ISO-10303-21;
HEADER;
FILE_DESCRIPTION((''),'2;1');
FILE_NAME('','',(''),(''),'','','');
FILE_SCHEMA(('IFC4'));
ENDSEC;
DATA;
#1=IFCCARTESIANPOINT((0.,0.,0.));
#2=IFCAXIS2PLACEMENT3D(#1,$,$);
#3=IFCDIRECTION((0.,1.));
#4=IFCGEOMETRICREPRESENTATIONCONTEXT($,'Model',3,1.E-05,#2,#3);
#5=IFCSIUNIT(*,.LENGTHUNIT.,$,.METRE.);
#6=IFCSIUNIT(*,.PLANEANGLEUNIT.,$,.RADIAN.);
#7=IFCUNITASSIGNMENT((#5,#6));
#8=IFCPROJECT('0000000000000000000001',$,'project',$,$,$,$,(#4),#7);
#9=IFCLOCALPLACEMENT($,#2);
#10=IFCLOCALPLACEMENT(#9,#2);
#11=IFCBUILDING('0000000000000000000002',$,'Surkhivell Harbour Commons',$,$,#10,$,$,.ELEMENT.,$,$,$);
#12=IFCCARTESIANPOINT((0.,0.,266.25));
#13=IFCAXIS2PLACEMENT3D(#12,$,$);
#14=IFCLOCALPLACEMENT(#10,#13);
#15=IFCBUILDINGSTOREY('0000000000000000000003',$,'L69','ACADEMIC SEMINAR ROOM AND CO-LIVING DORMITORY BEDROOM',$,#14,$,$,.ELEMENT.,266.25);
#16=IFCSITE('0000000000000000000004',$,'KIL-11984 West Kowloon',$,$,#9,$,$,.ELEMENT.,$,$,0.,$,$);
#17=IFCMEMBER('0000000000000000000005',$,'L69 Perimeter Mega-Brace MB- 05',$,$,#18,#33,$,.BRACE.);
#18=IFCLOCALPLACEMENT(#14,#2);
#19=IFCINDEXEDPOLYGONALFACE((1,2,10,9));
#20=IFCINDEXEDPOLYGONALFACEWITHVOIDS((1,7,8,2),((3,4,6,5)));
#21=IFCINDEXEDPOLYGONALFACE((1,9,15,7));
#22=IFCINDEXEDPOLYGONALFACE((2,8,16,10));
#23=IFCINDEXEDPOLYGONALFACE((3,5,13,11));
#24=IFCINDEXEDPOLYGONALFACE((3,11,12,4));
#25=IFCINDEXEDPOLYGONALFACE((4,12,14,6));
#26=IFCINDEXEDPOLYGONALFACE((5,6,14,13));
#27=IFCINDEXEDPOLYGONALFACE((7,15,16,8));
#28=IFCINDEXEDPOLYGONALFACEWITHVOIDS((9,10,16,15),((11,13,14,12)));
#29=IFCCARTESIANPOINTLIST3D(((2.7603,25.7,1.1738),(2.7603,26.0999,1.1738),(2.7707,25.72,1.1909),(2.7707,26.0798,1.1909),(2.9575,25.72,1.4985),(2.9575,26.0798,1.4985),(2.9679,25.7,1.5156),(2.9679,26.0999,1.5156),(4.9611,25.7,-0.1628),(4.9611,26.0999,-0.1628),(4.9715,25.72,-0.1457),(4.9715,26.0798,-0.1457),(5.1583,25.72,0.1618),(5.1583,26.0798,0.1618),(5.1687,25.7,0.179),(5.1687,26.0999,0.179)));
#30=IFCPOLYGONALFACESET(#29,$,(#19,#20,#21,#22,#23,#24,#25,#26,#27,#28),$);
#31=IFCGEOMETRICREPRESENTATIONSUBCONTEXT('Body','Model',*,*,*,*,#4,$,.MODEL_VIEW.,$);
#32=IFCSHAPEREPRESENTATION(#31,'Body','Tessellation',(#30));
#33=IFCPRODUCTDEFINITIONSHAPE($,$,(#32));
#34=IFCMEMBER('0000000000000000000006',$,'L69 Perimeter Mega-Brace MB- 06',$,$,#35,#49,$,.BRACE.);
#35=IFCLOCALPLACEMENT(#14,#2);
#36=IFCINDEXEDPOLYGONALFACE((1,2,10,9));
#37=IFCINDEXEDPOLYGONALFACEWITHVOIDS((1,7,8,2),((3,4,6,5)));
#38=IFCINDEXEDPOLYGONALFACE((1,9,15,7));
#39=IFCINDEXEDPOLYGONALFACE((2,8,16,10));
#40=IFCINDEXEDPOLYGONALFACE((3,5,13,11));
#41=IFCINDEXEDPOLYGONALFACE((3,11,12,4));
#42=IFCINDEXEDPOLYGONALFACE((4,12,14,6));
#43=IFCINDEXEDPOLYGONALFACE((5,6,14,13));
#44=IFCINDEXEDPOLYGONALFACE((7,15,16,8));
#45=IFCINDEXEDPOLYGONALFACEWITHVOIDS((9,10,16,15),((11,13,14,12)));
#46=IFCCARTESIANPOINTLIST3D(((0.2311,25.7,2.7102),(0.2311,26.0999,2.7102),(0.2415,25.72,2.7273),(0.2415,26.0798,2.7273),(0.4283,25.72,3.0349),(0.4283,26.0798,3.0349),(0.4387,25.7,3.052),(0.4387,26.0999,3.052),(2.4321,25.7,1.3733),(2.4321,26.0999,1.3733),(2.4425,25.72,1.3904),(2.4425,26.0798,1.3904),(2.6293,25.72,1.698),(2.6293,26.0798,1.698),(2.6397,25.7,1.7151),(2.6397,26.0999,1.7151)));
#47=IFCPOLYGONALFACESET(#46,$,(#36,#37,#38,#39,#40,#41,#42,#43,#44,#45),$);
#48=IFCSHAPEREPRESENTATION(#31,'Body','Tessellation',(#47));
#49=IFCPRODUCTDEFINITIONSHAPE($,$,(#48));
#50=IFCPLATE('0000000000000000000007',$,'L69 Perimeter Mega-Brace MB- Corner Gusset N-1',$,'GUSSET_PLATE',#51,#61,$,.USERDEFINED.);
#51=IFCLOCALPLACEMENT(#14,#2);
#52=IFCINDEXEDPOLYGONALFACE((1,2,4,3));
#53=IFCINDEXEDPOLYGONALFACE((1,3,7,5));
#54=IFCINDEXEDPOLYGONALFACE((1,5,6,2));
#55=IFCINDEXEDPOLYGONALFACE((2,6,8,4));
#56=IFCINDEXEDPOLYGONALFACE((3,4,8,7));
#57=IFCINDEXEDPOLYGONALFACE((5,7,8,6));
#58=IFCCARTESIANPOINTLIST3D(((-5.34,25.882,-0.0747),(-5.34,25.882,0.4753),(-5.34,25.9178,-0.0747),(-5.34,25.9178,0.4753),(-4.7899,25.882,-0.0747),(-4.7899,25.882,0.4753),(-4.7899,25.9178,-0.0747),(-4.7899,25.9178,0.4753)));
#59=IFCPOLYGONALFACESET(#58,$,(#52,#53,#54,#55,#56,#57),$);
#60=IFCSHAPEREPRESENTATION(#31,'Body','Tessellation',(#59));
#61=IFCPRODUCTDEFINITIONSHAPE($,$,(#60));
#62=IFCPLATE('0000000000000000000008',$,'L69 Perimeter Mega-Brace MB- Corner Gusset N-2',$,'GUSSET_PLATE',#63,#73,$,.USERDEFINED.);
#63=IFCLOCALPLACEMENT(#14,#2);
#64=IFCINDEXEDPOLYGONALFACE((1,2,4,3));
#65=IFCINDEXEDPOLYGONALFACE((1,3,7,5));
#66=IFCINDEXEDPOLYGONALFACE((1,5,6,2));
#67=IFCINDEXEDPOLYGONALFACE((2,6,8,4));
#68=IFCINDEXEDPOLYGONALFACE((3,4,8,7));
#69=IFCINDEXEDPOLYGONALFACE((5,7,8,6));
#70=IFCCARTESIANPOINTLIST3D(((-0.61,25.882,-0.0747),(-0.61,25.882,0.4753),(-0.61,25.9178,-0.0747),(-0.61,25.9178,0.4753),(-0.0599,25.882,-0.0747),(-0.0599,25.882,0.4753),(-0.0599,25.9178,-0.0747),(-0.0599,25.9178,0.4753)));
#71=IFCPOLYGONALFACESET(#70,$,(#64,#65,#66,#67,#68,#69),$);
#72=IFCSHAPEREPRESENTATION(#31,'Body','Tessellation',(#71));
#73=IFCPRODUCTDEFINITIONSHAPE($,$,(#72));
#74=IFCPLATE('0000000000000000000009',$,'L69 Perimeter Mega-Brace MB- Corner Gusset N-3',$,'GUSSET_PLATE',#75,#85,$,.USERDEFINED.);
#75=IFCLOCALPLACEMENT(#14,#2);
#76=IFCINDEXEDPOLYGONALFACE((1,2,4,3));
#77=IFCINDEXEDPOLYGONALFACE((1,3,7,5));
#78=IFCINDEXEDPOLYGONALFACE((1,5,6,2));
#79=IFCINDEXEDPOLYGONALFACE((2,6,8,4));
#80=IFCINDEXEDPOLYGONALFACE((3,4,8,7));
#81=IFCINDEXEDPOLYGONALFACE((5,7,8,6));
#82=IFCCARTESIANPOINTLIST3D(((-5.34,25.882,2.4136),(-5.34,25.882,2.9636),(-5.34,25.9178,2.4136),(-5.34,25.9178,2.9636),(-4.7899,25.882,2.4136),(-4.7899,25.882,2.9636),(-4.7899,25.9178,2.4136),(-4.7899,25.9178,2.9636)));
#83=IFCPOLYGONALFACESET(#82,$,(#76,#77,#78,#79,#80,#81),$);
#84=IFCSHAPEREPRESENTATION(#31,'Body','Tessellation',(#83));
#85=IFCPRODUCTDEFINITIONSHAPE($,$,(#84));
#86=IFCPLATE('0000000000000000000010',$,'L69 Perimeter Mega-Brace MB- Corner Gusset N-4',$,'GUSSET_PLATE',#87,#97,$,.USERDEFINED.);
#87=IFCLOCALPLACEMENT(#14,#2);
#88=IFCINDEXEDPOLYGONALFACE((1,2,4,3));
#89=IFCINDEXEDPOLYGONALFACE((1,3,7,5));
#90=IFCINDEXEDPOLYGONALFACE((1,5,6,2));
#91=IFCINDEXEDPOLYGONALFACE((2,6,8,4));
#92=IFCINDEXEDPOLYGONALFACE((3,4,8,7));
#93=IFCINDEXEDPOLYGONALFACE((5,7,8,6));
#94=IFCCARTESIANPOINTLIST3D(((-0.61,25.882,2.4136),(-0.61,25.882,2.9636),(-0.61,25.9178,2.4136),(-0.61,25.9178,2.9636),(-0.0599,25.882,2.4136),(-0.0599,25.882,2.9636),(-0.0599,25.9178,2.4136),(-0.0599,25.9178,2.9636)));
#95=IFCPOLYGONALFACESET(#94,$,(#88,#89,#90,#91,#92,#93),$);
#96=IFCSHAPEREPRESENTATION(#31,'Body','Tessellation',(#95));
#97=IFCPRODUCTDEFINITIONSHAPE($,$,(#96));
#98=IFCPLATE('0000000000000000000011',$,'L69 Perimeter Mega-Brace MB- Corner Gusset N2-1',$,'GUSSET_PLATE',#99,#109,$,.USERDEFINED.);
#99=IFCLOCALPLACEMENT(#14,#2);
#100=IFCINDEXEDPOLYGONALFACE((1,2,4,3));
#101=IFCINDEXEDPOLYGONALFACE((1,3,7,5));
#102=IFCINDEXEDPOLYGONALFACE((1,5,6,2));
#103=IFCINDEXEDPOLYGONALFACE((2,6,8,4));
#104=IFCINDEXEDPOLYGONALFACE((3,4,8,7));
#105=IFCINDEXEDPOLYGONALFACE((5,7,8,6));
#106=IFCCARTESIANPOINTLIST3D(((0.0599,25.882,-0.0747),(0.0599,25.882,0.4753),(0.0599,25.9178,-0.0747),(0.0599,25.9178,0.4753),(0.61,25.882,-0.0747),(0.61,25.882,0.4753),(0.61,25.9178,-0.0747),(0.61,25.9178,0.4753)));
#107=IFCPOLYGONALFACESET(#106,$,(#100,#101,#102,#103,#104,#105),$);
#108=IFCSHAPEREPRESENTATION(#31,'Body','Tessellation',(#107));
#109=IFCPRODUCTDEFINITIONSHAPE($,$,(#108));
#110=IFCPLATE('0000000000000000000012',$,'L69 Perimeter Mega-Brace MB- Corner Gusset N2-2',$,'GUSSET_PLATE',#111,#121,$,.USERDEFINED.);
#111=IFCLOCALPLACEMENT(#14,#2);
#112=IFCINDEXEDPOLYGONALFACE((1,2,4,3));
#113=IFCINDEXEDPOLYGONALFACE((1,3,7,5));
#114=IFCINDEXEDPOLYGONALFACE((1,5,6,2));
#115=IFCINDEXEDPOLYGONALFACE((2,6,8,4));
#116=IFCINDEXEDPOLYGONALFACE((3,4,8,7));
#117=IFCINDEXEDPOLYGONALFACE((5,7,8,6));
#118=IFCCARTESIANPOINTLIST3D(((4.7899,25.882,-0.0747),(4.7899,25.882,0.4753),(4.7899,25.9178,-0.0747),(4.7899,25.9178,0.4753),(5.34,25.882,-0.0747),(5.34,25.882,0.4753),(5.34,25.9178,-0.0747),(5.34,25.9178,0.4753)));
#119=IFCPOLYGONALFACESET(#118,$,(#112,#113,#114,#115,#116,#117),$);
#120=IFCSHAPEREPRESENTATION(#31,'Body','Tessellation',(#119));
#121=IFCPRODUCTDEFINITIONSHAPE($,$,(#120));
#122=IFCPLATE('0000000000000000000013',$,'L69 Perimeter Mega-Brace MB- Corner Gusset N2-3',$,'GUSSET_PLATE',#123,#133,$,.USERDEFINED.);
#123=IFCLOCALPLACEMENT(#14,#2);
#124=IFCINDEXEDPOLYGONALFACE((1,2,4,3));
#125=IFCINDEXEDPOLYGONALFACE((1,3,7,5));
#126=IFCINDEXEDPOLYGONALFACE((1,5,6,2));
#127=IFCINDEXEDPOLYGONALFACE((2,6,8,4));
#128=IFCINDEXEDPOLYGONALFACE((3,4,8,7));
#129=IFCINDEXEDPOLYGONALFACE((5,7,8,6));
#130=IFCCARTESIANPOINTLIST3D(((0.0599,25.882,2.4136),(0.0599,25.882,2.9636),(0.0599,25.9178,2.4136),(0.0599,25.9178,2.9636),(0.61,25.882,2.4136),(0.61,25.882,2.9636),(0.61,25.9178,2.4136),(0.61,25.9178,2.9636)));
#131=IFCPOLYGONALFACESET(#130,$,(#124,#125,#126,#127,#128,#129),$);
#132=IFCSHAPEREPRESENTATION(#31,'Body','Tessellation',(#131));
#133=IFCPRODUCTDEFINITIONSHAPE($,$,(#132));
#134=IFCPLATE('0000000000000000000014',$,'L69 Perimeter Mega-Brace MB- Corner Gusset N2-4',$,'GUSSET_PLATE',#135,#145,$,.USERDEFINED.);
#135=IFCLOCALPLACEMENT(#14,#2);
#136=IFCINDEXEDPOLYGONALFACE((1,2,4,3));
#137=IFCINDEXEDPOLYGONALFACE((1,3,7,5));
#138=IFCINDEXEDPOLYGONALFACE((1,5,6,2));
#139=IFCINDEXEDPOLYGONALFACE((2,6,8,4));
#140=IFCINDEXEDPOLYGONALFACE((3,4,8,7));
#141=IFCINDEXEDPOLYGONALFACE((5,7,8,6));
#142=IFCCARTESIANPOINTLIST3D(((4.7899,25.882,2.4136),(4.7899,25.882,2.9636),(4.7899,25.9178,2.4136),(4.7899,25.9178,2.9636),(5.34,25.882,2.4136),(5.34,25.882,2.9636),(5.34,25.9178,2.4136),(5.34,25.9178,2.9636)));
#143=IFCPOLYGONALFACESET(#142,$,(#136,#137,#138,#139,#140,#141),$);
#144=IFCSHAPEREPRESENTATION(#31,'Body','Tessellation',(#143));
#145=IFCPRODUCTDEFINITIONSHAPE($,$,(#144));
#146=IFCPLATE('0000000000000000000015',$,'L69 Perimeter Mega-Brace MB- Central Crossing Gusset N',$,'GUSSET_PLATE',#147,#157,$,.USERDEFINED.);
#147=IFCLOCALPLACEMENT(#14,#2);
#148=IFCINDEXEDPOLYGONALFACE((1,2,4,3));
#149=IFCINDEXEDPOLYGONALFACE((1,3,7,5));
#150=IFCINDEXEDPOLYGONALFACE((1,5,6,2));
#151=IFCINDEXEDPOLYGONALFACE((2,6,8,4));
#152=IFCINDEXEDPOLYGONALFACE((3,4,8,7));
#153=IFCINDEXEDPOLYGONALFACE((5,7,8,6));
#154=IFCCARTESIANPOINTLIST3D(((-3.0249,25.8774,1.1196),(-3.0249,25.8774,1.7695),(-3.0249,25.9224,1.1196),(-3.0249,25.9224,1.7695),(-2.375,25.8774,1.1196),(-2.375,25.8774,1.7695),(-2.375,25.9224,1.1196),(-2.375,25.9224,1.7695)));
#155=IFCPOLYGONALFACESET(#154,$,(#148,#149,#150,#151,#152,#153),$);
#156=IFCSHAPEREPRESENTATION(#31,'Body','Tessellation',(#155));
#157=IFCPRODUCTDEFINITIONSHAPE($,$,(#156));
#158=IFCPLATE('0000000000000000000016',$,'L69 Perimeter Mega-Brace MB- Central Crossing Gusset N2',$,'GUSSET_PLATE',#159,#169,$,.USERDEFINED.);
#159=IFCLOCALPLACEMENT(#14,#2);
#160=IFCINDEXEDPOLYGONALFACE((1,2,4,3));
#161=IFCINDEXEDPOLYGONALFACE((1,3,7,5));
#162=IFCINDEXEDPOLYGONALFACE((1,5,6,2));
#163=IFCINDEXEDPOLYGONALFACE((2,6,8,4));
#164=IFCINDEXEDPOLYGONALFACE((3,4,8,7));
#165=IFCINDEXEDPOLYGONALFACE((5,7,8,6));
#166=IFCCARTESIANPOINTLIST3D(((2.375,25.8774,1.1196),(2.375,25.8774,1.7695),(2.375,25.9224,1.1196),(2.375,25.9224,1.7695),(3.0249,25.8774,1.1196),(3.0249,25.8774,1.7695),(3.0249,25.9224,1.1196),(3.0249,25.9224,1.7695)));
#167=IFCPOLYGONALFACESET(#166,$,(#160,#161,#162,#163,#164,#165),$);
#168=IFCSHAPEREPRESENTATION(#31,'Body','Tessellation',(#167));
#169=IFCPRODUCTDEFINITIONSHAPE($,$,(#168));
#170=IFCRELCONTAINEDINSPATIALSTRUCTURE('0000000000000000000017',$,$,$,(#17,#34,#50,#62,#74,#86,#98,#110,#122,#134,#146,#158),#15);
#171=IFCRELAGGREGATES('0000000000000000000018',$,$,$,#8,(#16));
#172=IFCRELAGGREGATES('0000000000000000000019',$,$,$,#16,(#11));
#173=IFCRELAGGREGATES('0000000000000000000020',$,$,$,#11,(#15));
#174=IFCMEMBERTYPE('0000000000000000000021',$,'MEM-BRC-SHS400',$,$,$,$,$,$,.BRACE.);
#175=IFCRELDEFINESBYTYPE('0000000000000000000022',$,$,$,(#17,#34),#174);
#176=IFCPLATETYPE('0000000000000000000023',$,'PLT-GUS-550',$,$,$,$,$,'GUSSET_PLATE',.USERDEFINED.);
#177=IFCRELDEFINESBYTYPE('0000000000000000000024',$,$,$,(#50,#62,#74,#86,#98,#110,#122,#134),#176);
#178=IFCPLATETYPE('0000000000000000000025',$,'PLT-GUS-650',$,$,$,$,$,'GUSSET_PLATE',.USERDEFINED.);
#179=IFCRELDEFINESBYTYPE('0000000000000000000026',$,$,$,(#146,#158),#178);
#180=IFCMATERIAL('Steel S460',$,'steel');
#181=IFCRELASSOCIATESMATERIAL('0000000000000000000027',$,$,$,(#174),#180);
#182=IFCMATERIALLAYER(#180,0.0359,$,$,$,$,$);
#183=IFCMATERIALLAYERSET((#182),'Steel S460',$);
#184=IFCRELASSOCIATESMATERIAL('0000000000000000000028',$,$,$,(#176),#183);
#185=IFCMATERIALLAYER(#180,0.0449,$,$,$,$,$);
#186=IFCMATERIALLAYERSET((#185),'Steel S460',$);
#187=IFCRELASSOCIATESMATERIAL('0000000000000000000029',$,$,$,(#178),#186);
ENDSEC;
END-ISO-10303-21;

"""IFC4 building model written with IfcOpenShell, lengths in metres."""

from ifc_helpers import new_model, si_unit, direction, frame, origin, origin_2d, place, context, subcontext, project, spatial, rectangle, hollow_rectangle, extrude, material, layer, layer_set, material_profile, profile_set, type_object, element, save


model = new_model("IFC4")

# Units and contexts
model_context = context("Model", 3, precision=1e-05, world=origin(), true_north=direction((0.0, 1.0)))
body_context = subcontext(model_context, "Body", "Model", "MODEL_VIEW")
ifc_project = project(units=[si_unit("LENGTHUNIT", "METRE"), si_unit("PLANEANGLEUNIT", "RADIAN")], contexts=[model_context])

# Site, building, storey
site_placement = place(None, origin())
site = spatial("IfcSite", under=ifc_project, at=site_placement, Name="KIL-11984 West Kowloon", CompositionType="ELEMENT", RefElevation=0.0)
building_placement = place(site_placement, origin())
building = spatial("IfcBuilding", under=site, at=building_placement, Name="Surkhivell Harbour Commons", CompositionType="ELEMENT")
storey_placement = place(building_placement, frame((0.0, 0.0, 266.25)))
storey = spatial("IfcBuildingStorey", under=building, at=storey_placement, Name="L69", Description="ACADEMIC SEMINAR ROOM AND CO-LIVING DORMITORY BEDROOM", CompositionType="ELEMENT", Elevation=266.25)

# Members
ifc_material_1 = material(Name="Steel S460", Category="steel")
ifc_material_profile_1 = material_profile(ifc_material_1, hollow_rectangle(XDim=0.3999, YDim=0.3999, WallThickness=0.02, at=origin_2d()), Name="SHS400x400x20")
ifc_profile_set_1 = profile_set([ifc_material_profile_1], Name="Steel S460")
member_type_1 = type_object("IfcMemberType", Name="MEM-BRC-SHS400", PredefinedType="BRACE", material=ifc_profile_set_1)
member_1_placement = place(storey_placement, frame((5.0649, 25.8999, 0.0081), z_axis=(-0.85472, 0.0, 0.519089), x_axis=(0.0, -1.0, 0.0)))
element("IfcMember", 1, at=member_1_placement, inside=storey, type_object=member_type_1, Name="L69 Perimeter Mega-Brace MB- 05", PredefinedType="BRACE", context=body_context, shape_type="SweptSolid", body=[
    extrude(hollow_rectangle(XDim=0.3999, YDim=0.3999, WallThickness=0.02, at=origin_2d()), origin(), (0.0, 0.0, 1.0), 2.575),
])
member_2_placement = place(storey_placement, frame((2.5359, 25.8999, 1.5442), z_axis=(-0.854678, 0.0, 0.519159), x_axis=(0.0, -1.0, 0.0)))
element("IfcMember", 2, at=member_2_placement, inside=storey, type_object=member_type_1, Name="L69 Perimeter Mega-Brace MB- 06", PredefinedType="BRACE", context=body_context, shape_type="SweptSolid", body=[
    extrude(hollow_rectangle(XDim=0.3999, YDim=0.3999, WallThickness=0.02, at=origin_2d()), origin(), (0.0, 0.0, 1.0), 2.5752),
])

# Plates
ifc_layer_1 = layer(ifc_material_1, 0.0359)
ifc_layer_set_1 = layer_set([ifc_layer_1], Name="Steel S460")
plate_type_1 = type_object("IfcPlateType", Name="PLT-GUS-550", ElementType="GUSSET_PLATE", PredefinedType="USERDEFINED", material=ifc_layer_set_1)
for number, where, z_axis, x_axis, name in (
    (3, (-5.0649, 25.8999, -0.0747), (0.0, 0.0, 1.0), (1.0, 0.0, 0.0), "L69 Perimeter Mega-Brace MB- Corner Gusset N-1"),
    (4, (-0.335, 25.8999, -0.0747), (0.0, 0.0, 1.0), (1.0, 0.0, 0.0), "L69 Perimeter Mega-Brace MB- Corner Gusset N-2"),
    (5, (-5.0649, 25.8999, 2.4136), (0.0, 0.0, 1.0), (1.0, 0.0, 0.0), "L69 Perimeter Mega-Brace MB- Corner Gusset N-3"),
    (6, (-0.335, 25.8999, 2.4136), (0.0, 0.0, 1.0), (1.0, 0.0, 0.0), "L69 Perimeter Mega-Brace MB- Corner Gusset N-4"),
    (7, (0.335, 25.8999, -0.0747), (0.0, 0.0, 1.0), (1.0, 0.0, 0.0), "L69 Perimeter Mega-Brace MB- Corner Gusset N2-1"),
    (8, (5.0649, 25.8999, -0.0747), (0.0, 0.0, 1.0), (1.0, 0.0, 0.0), "L69 Perimeter Mega-Brace MB- Corner Gusset N2-2"),
    (9, (0.335, 25.8999, 2.4136), (0.0, 0.0, 1.0), (1.0, 0.0, 0.0), "L69 Perimeter Mega-Brace MB- Corner Gusset N2-3"),
    (10, (5.0649, 25.8999, 2.4136), (0.0, 0.0, 1.0), (1.0, 0.0, 0.0), "L69 Perimeter Mega-Brace MB- Corner Gusset N2-4"),
):
    element("IfcPlate", number, at=place(storey_placement, frame(where, z_axis=z_axis, x_axis=x_axis)), inside=storey, type_object=plate_type_1, Name=name, ObjectType="GUSSET_PLATE", PredefinedType="USERDEFINED", context=body_context, shape_type="SweptSolid", body=[
        extrude(rectangle(XDim=0.55, YDim=0.0359, at=origin_2d()), origin(), (0.0, 0.0, 1.0), 0.55),
    ])
ifc_layer_2 = layer(ifc_material_1, 0.0449)
ifc_layer_set_2 = layer_set([ifc_layer_2], Name="Steel S460")
plate_type_2 = type_object("IfcPlateType", Name="PLT-GUS-650", ElementType="GUSSET_PLATE", PredefinedType="USERDEFINED", material=ifc_layer_set_2)
for number, where, z_axis, x_axis, name in (
    (11, (-2.7, 25.8999, 1.1196), (0.0, 0.0, 1.0), (1.0, 0.0, 0.0), "L69 Perimeter Mega-Brace MB- Central Crossing Gusset N"),
    (12, (2.7, 25.8999, 1.1196), (0.0, 0.0, 1.0), (1.0, 0.0, 0.0), "L69 Perimeter Mega-Brace MB- Central Crossing Gusset N2"),
):
    element("IfcPlate", number, at=place(storey_placement, frame(where, z_axis=z_axis, x_axis=x_axis)), inside=storey, type_object=plate_type_2, Name=name, ObjectType="GUSSET_PLATE", PredefinedType="USERDEFINED", context=body_context, shape_type="SweptSolid", body=[
        extrude(rectangle(XDim=0.6499, YDim=0.0449, at=origin_2d()), origin(), (0.0, 0.0, 1.0), 0.6499),
    ])

save(model, "model.ifc")
